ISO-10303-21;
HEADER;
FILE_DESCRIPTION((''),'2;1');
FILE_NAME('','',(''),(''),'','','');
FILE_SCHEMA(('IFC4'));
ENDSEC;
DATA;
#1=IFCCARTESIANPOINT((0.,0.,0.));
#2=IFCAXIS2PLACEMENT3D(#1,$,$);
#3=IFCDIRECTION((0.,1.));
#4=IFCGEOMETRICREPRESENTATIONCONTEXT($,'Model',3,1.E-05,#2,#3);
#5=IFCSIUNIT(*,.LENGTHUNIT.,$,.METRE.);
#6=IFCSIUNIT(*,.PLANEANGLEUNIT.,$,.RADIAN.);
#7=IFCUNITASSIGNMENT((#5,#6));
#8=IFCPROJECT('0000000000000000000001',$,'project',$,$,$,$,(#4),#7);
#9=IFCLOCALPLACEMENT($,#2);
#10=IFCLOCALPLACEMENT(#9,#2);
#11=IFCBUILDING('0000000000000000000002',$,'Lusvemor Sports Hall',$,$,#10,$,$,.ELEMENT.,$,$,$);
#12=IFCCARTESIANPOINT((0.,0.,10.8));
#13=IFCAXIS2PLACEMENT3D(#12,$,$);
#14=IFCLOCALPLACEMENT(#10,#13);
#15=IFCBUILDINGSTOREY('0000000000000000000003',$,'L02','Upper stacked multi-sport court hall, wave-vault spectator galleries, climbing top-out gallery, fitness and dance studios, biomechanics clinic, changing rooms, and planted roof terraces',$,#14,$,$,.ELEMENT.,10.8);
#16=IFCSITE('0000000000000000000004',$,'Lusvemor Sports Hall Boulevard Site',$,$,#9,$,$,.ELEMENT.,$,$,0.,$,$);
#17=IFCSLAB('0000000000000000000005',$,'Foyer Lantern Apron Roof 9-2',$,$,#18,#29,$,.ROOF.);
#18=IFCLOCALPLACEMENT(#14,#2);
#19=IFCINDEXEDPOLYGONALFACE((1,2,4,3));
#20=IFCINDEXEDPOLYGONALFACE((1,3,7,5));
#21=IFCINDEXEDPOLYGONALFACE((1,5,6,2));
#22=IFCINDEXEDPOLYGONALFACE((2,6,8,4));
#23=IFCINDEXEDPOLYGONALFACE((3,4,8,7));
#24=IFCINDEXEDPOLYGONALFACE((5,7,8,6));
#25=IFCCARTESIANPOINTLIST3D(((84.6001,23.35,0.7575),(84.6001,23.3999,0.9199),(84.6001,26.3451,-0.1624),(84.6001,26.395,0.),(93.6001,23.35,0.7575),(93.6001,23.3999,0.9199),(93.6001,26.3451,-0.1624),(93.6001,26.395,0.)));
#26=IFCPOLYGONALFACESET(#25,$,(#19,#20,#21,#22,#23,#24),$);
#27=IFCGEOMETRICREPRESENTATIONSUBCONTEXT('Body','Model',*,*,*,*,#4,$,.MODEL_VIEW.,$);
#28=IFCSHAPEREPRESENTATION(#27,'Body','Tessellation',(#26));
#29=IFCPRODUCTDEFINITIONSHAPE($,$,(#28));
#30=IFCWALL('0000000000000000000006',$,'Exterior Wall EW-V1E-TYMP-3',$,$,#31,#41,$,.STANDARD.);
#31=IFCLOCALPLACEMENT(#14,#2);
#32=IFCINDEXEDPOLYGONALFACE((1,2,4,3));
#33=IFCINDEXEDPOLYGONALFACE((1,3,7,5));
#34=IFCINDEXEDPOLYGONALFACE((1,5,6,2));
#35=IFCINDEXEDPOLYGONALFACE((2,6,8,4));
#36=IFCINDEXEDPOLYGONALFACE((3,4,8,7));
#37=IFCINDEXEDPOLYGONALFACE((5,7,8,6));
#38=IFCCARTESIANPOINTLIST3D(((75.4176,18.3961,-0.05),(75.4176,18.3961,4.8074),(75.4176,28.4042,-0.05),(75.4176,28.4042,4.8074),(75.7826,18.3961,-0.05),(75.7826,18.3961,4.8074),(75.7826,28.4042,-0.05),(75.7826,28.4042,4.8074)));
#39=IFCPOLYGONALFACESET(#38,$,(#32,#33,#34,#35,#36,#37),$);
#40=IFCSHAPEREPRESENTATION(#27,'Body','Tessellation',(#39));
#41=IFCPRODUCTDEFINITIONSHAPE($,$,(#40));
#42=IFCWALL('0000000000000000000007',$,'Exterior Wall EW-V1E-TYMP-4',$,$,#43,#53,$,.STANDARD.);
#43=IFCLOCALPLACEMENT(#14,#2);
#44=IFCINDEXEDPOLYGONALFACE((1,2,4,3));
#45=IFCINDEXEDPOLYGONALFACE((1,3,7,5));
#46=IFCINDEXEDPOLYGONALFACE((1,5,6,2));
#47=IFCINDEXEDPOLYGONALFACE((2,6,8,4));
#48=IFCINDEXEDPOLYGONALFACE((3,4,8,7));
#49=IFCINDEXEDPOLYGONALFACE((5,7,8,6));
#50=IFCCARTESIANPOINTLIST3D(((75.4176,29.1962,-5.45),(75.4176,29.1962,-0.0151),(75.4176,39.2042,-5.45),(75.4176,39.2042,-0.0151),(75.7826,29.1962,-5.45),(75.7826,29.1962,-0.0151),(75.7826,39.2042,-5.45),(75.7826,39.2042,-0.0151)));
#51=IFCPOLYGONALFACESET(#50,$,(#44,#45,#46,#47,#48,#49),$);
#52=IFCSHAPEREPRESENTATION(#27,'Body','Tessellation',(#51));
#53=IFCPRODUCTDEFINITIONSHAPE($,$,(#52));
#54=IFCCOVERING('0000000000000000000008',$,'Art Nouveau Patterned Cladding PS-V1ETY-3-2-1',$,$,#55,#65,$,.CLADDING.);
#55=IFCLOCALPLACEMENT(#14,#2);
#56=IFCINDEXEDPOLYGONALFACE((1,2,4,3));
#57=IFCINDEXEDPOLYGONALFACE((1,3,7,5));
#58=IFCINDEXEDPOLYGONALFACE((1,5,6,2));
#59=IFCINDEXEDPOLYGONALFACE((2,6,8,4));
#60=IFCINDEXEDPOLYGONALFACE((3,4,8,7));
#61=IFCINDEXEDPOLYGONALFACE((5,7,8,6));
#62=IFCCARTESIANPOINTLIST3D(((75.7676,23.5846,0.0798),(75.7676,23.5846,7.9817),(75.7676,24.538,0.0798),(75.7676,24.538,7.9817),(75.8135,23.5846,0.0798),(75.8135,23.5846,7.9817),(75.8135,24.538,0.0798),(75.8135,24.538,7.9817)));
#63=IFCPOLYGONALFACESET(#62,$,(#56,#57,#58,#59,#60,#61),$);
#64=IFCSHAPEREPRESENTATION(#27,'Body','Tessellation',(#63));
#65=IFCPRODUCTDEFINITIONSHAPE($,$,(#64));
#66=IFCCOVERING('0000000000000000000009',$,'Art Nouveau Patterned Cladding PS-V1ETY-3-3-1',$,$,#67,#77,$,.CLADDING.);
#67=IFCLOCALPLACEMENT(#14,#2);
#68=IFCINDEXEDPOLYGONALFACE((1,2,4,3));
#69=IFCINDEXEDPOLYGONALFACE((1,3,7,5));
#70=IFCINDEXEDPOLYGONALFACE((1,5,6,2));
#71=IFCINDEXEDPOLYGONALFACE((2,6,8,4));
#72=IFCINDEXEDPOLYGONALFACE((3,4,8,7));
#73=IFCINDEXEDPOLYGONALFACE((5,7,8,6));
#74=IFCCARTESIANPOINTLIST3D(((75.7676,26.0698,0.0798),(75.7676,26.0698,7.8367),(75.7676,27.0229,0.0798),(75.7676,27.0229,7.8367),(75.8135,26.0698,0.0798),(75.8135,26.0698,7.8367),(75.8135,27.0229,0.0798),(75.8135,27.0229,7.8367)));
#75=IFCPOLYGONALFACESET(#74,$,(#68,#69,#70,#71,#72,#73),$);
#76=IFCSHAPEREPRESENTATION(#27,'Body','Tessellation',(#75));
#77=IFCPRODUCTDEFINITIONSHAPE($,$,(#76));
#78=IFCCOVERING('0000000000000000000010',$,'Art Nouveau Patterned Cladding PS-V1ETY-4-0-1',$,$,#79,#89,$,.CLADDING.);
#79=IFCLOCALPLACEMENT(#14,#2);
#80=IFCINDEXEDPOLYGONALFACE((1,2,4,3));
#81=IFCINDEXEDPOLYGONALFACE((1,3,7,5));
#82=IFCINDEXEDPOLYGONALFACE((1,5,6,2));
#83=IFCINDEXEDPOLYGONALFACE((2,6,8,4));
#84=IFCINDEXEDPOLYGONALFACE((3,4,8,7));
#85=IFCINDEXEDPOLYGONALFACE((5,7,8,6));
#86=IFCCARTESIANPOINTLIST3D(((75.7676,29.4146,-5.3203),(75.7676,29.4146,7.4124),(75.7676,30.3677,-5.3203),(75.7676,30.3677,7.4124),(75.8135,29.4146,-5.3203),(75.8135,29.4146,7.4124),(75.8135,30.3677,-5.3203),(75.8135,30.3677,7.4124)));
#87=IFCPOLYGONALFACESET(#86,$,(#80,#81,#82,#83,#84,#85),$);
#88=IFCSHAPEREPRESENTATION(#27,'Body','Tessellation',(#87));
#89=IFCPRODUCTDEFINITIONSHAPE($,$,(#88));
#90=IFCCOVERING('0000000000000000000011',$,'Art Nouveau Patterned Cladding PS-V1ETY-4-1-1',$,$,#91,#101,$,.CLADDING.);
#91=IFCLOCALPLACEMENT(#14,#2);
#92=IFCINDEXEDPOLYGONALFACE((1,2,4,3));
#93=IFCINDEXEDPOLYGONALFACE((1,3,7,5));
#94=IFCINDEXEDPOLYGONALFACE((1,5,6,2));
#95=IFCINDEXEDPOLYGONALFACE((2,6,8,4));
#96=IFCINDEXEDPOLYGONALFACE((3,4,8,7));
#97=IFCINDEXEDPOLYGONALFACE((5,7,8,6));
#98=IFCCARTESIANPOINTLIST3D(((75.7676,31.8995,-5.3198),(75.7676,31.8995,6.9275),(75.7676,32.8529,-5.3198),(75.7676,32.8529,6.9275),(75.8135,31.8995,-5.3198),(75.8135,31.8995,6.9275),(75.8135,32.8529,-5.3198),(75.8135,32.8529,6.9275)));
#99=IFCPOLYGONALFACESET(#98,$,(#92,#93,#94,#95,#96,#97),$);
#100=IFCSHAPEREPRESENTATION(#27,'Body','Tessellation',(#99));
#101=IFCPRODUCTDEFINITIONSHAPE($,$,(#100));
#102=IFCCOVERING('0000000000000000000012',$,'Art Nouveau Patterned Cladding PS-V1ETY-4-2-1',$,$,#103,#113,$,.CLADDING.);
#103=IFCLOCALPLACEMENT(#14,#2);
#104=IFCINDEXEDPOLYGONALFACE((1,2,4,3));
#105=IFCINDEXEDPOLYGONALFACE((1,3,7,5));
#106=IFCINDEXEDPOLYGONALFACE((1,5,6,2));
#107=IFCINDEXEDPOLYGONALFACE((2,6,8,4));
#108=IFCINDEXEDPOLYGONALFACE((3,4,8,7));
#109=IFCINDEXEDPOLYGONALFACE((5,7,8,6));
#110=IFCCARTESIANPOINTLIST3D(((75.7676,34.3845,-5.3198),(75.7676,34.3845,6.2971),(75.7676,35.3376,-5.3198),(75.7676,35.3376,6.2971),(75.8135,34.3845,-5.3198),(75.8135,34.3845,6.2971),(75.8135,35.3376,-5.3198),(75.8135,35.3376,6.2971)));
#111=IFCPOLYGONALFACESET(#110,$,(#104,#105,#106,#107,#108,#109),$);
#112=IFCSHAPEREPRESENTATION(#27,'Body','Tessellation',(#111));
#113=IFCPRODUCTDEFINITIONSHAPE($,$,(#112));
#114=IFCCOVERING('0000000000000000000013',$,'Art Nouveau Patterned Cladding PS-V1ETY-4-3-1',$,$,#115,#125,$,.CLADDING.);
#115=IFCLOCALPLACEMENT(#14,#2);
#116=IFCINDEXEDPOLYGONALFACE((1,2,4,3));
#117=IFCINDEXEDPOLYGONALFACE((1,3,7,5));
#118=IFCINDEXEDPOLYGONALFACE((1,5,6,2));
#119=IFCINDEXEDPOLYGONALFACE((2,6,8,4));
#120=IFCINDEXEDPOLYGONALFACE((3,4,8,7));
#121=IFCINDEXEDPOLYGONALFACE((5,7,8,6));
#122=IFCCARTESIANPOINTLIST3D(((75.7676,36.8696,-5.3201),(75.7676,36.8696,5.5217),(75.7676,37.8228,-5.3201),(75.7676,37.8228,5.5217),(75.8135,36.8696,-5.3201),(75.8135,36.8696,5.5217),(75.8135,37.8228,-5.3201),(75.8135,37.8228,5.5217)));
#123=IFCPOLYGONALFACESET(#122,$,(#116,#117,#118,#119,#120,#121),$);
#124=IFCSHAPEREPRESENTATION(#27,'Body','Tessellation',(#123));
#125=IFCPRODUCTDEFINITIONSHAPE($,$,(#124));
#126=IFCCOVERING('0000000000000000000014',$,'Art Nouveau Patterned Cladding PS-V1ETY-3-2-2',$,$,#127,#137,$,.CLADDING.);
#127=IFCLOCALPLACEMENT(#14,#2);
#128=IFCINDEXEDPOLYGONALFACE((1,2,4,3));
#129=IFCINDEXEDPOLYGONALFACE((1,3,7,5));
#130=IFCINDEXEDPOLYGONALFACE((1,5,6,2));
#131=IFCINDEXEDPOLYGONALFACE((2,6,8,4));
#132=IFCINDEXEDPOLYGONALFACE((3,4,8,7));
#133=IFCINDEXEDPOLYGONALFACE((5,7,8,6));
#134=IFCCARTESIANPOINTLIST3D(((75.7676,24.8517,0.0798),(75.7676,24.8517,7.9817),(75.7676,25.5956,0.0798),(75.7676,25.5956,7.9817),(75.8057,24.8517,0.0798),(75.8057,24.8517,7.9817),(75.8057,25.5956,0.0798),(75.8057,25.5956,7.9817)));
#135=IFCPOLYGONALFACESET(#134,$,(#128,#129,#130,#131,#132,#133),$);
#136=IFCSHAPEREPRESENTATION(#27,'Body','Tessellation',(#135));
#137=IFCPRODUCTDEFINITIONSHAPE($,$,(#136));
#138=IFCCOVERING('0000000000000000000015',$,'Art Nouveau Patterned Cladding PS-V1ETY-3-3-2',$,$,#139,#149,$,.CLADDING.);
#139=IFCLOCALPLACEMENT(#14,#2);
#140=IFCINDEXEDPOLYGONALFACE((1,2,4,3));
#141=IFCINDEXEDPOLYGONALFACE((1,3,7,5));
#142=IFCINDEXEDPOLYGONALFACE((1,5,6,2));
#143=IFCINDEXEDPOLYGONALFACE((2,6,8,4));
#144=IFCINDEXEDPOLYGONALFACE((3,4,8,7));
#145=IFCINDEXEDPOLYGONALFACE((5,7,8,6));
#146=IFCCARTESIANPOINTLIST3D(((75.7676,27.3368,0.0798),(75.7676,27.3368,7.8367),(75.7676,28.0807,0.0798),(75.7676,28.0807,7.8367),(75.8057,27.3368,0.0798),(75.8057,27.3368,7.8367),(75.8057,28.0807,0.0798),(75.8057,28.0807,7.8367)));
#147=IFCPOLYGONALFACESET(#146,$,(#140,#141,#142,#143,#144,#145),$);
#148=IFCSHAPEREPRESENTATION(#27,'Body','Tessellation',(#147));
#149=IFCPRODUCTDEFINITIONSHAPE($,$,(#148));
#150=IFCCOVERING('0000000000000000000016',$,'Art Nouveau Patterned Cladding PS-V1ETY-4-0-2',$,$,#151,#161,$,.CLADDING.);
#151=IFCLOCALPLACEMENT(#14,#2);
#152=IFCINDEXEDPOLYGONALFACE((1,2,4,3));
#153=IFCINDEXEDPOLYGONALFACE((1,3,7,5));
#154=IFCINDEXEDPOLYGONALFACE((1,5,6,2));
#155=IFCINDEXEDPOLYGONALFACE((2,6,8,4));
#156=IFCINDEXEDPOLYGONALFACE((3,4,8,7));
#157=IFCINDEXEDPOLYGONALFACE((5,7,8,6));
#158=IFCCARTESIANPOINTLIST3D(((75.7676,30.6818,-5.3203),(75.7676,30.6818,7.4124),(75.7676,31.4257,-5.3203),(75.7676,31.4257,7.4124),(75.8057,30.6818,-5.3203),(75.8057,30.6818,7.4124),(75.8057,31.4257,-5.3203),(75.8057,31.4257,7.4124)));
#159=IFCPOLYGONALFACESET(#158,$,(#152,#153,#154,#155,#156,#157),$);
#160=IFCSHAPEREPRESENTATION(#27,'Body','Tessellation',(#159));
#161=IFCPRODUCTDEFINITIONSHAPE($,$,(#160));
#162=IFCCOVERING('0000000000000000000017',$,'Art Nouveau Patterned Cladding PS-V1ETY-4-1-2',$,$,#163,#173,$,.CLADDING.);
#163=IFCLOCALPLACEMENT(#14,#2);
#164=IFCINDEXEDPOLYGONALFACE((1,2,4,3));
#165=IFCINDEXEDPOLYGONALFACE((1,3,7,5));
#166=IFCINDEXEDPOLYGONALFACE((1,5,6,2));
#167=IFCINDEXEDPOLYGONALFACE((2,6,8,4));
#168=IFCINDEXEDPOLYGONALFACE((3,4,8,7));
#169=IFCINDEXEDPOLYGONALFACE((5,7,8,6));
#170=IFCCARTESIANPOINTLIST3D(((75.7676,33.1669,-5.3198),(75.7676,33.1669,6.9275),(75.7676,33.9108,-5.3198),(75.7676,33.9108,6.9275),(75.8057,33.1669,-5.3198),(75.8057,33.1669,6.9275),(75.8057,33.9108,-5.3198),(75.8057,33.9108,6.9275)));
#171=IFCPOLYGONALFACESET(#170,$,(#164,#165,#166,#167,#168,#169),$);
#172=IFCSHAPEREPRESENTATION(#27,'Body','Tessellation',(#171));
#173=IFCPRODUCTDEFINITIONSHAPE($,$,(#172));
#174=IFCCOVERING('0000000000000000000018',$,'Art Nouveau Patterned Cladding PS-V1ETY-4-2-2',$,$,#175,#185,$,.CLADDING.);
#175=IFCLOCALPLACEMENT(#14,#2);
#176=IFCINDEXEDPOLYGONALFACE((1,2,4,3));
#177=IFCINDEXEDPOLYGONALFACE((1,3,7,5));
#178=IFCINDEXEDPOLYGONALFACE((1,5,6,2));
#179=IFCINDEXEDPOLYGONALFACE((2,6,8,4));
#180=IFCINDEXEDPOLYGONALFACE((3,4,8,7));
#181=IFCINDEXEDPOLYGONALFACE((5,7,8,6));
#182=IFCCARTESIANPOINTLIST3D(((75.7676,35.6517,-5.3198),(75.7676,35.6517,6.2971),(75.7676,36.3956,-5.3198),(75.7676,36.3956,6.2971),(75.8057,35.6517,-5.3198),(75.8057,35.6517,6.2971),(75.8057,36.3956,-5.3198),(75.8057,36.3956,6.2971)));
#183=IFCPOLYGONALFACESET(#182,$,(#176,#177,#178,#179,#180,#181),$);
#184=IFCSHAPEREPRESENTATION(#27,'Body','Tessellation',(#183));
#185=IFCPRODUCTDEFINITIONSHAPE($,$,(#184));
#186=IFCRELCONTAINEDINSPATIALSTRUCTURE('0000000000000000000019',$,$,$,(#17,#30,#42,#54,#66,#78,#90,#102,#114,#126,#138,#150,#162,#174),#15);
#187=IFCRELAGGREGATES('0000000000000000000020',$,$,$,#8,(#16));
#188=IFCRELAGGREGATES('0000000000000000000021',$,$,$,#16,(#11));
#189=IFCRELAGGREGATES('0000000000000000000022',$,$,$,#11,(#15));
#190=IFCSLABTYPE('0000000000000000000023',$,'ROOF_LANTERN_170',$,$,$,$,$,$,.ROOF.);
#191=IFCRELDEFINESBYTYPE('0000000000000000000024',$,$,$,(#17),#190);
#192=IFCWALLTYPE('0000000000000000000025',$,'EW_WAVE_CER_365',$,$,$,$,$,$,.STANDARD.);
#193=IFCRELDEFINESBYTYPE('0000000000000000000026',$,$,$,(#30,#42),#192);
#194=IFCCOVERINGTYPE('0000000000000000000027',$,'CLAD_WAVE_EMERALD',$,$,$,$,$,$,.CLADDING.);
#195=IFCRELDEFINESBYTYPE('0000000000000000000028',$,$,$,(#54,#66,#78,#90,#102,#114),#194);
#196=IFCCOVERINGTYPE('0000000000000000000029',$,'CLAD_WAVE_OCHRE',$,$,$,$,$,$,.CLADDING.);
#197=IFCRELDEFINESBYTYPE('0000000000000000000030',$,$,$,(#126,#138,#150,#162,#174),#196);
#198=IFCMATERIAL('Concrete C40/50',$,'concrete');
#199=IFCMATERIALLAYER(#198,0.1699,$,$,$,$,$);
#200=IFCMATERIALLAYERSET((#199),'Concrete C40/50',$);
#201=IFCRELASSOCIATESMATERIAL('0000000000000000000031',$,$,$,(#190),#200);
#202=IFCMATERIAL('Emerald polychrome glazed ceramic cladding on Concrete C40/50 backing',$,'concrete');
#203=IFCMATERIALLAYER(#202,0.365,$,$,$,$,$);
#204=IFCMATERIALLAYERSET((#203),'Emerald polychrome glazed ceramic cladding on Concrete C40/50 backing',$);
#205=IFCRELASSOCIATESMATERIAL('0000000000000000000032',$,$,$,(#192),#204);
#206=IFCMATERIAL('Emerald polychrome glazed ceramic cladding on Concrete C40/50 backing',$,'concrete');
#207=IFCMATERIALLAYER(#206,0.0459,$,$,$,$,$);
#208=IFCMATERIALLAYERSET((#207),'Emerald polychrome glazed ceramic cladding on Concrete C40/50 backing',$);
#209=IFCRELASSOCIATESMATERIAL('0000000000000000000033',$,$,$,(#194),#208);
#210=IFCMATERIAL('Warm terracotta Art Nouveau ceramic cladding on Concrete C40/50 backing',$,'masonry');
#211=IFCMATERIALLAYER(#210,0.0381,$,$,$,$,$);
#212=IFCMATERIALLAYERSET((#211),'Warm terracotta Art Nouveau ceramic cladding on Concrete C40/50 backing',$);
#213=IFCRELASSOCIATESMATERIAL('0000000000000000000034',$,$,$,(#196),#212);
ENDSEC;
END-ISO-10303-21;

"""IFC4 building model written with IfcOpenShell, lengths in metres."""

from ifc_helpers import new_model, si_unit, direction, frame, frame_2d, origin, origin_2d, place, context, subcontext, project, spatial, polyline, rectangle, outline, extrude, material, layer, layer_set, type_object, element, save


model = new_model("IFC4")

# Units and contexts
model_context = context("Model", 3, precision=1e-05, world=origin(), true_north=direction((0.0, 1.0)))
body_context = subcontext(model_context, "Body", "Model", "MODEL_VIEW")
ifc_project = project(units=[si_unit("LENGTHUNIT", "METRE"), si_unit("PLANEANGLEUNIT", "RADIAN")], contexts=[model_context])

# Site, building, storey
site_placement = place(None, origin())
site = spatial("IfcSite", under=ifc_project, at=site_placement, Name="Lusvemor Sports Hall Boulevard Site", CompositionType="ELEMENT", RefElevation=0.0)
building_placement = place(site_placement, origin())
building = spatial("IfcBuilding", under=site, at=building_placement, Name="Lusvemor Sports Hall", CompositionType="ELEMENT")
storey_placement = place(building_placement, frame((0.0, 0.0, 10.8)))
storey = spatial("IfcBuildingStorey", under=building, at=storey_placement, Name="L02", Description="Upper stacked multi-sport court hall, wave-vault spectator galleries, climbing top-out gallery, fitness and dance studios, biomechanics clinic, changing rooms, and planted roof terraces", CompositionType="ELEMENT", Elevation=10.8)

# Slab
ifc_material_1 = material(Name="Concrete C40/50", Category="concrete")
ifc_layer_1 = layer(ifc_material_1, 0.1699)
ifc_layer_set_1 = layer_set([ifc_layer_1], Name="Concrete C40/50")
slab_type = type_object("IfcSlabType", Name="ROOF_LANTERN_170", PredefinedType="ROOF", material=ifc_layer_set_1)
slab_placement = place(storey_placement, frame((84.6001, 23.3999, 0.9199), z_axis=(0.0, 0.293604, 0.955927), x_axis=(1.0, 0.0, 0.0)))
element("IfcSlab", 1, at=slab_placement, inside=storey, type_object=slab_type, Name="Foyer Lantern Apron Roof 9-2", PredefinedType="ROOF", context=body_context, shape_type="SweptSolid", body=[
    extrude(outline(polyline([(0.0, 0.0), (9.0, 0.0), (9.0, 3.1332), (0.0, 3.1332), (0.0, 0.0)])), origin(), (0.0, 0.0, -1.0), 0.1699),
])

# Walls
ifc_material_2 = material(Name="Emerald polychrome glazed ceramic cladding on Concrete C40/50 backing", Category="concrete")
ifc_layer_2 = layer(ifc_material_2, 0.365)
ifc_layer_set_2 = layer_set([ifc_layer_2], Name="Emerald polychrome glazed ceramic cladding on Concrete C40/50 backing")
wall_type = type_object("IfcWallType", Name="EW_WAVE_CER_365", PredefinedType="STANDARD", material=ifc_layer_set_2)
wall_1_placement = place(storey_placement, frame((75.6001, 28.4041, -0.05), z_axis=(0.0, 0.0, 1.0), x_axis=(0.0, -1.0, 0.0)))
element("IfcWall", 2, at=wall_1_placement, inside=storey, type_object=wall_type, Name="Exterior Wall EW-V1E-TYMP-3", PredefinedType="STANDARD", context=body_context, shape_type="SweptSolid", body=[
    extrude(rectangle(XDim=10.0081, YDim=0.365, at=frame_2d((5.0039, 0.0))), origin(), (0.0, 0.0, 1.0), 4.8574),
])
wall_2_placement = place(storey_placement, frame((75.6001, 39.2041, -5.45), z_axis=(0.0, 0.0, 1.0), x_axis=(0.0, -1.0, 0.0)))
element("IfcWall", 3, at=wall_2_placement, inside=storey, type_object=wall_type, Name="Exterior Wall EW-V1E-TYMP-4", PredefinedType="STANDARD", context=body_context, shape_type="SweptSolid", body=[
    extrude(rectangle(XDim=10.0081, YDim=0.365, at=frame_2d((5.0039, 0.0))), origin(), (0.0, 0.0, 1.0), 5.4348),
])

# Coverings
ifc_material_3 = material(Name="Emerald polychrome glazed ceramic cladding on Concrete C40/50 backing", Category="concrete")
ifc_layer_3 = layer(ifc_material_3, 0.0459)
ifc_layer_set_3 = layer_set([ifc_layer_3], Name="Emerald polychrome glazed ceramic cladding on Concrete C40/50 backing")
covering_type_1 = type_object("IfcCoveringType", Name="CLAD_WAVE_EMERALD", PredefinedType="CLADDING", material=ifc_layer_set_3)
covering_1_placement = place(storey_placement, frame((75.7905, 24.0613, 0.0798), z_axis=(0.0, 0.0, 1.0), x_axis=(1.0, 0.0, 0.0)))
element("IfcCovering", 4, at=covering_1_placement, inside=storey, type_object=covering_type_1, Name="Art Nouveau Patterned Cladding PS-V1ETY-3-2-1", PredefinedType="CLADDING", context=body_context, shape_type="SweptSolid", body=[
    extrude(rectangle(XDim=0.0459, YDim=0.9534, at=origin_2d()), origin(), (0.0, 0.0, 1.0), 7.9019),
])
covering_2_placement = place(storey_placement, frame((75.7905, 26.5464, 0.0798), z_axis=(0.0, 0.0, 1.0), x_axis=(1.0, 0.0, 0.0)))
element("IfcCovering", 5, at=covering_2_placement, inside=storey, type_object=covering_type_1, Name="Art Nouveau Patterned Cladding PS-V1ETY-3-3-1", PredefinedType="CLADDING", context=body_context, shape_type="SweptSolid", body=[
    extrude(rectangle(XDim=0.0459, YDim=0.9531, at=origin_2d()), origin(), (0.0, 0.0, 1.0), 7.7568),
])
covering_3_placement = place(storey_placement, frame((75.7905, 29.8911, -5.3203), z_axis=(0.0, 0.0, 1.0), x_axis=(1.0, 0.0, 0.0)))
element("IfcCovering", 6, at=covering_3_placement, inside=storey, type_object=covering_type_1, Name="Art Nouveau Patterned Cladding PS-V1ETY-4-0-1", PredefinedType="CLADDING", context=body_context, shape_type="SweptSolid", body=[
    extrude(rectangle(XDim=0.0459, YDim=0.9531, at=origin_2d()), origin(), (0.0, 0.0, 1.0), 12.7327),
])
covering_4_placement = place(storey_placement, frame((75.7905, 32.3762, -5.3198), z_axis=(0.0, 0.0, 1.0), x_axis=(1.0, 0.0, 0.0)))
element("IfcCovering", 7, at=covering_4_placement, inside=storey, type_object=covering_type_1, Name="Art Nouveau Patterned Cladding PS-V1ETY-4-1-1", PredefinedType="CLADDING", context=body_context, shape_type="SweptSolid", body=[
    extrude(rectangle(XDim=0.0459, YDim=0.9534, at=origin_2d()), origin(), (0.0, 0.0, 1.0), 12.2473),
])
covering_5_placement = place(storey_placement, frame((75.7905, 34.8611, -5.3198), z_axis=(0.0, 0.0, 1.0), x_axis=(1.0, 0.0, 0.0)))
element("IfcCovering", 8, at=covering_5_placement, inside=storey, type_object=covering_type_1, Name="Art Nouveau Patterned Cladding PS-V1ETY-4-2-1", PredefinedType="CLADDING", context=body_context, shape_type="SweptSolid", body=[
    extrude(rectangle(XDim=0.0459, YDim=0.9531, at=origin_2d()), origin(), (0.0, 0.0, 1.0), 11.6169),
])
covering_6_placement = place(storey_placement, frame((75.7905, 37.3462, -5.3201), z_axis=(0.0, 0.0, 1.0), x_axis=(1.0, 0.0, 0.0)))
element("IfcCovering", 9, at=covering_6_placement, inside=storey, type_object=covering_type_1, Name="Art Nouveau Patterned Cladding PS-V1ETY-4-3-1", PredefinedType="CLADDING", context=body_context, shape_type="SweptSolid", body=[
    extrude(rectangle(XDim=0.0459, YDim=0.9531, at=origin_2d()), origin(), (0.0, 0.0, 1.0), 10.8418),
])
ifc_material_4 = material(Name="Warm terracotta Art Nouveau ceramic cladding on Concrete C40/50 backing", Category="masonry")
ifc_layer_4 = layer(ifc_material_4, 0.0381)
ifc_layer_set_4 = layer_set([ifc_layer_4], Name="Warm terracotta Art Nouveau ceramic cladding on Concrete C40/50 backing")
covering_type_2 = type_object("IfcCoveringType", Name="CLAD_WAVE_OCHRE", PredefinedType="CLADDING", material=ifc_layer_set_4)
covering_7_placement = place(storey_placement, frame((75.7866, 25.2236, 0.0798), z_axis=(0.0, 0.0, 1.0), x_axis=(1.0, 0.0, 0.0)))
element("IfcCovering", 10, at=covering_7_placement, inside=storey, type_object=covering_type_2, Name="Art Nouveau Patterned Cladding PS-V1ETY-3-2-2", PredefinedType="CLADDING", context=body_context, shape_type="SweptSolid", body=[
    extrude(rectangle(XDim=0.0381, YDim=0.7439, at=origin_2d()), origin(), (0.0, 0.0, 1.0), 7.9019),
])
covering_8_placement = place(storey_placement, frame((75.7866, 27.7087, 0.0798), z_axis=(0.0, 0.0, 1.0), x_axis=(1.0, 0.0, 0.0)))
element("IfcCovering", 11, at=covering_8_placement, inside=storey, type_object=covering_type_2, Name="Art Nouveau Patterned Cladding PS-V1ETY-3-3-2", PredefinedType="CLADDING", context=body_context, shape_type="SweptSolid", body=[
    extrude(rectangle(XDim=0.0381, YDim=0.7439, at=origin_2d()), origin(), (0.0, 0.0, 1.0), 7.7568),
])
covering_9_placement = place(storey_placement, frame((75.7866, 31.0537, -5.3203), z_axis=(0.0, 0.0, 1.0), x_axis=(1.0, 0.0, 0.0)))
element("IfcCovering", 12, at=covering_9_placement, inside=storey, type_object=covering_type_2, Name="Art Nouveau Patterned Cladding PS-V1ETY-4-0-2", PredefinedType="CLADDING", context=body_context, shape_type="SweptSolid", body=[
    extrude(rectangle(XDim=0.0381, YDim=0.7439, at=origin_2d()), origin(), (0.0, 0.0, 1.0), 12.7327),
])
covering_10_placement = place(storey_placement, frame((75.7866, 33.5388, -5.3198), z_axis=(0.0, 0.0, 1.0), x_axis=(1.0, 0.0, 0.0)))
element("IfcCovering", 13, at=covering_10_placement, inside=storey, type_object=covering_type_2, Name="Art Nouveau Patterned Cladding PS-V1ETY-4-1-2", PredefinedType="CLADDING", context=body_context, shape_type="SweptSolid", body=[
    extrude(rectangle(XDim=0.0381, YDim=0.7439, at=origin_2d()), origin(), (0.0, 0.0, 1.0), 12.2473),
])
covering_11_placement = place(storey_placement, frame((75.7866, 36.0237, -5.3198), z_axis=(0.0, 0.0, 1.0), x_axis=(1.0, 0.0, 0.0)))
element("IfcCovering", 14, at=covering_11_placement, inside=storey, type_object=covering_type_2, Name="Art Nouveau Patterned Cladding PS-V1ETY-4-2-2", PredefinedType="CLADDING", context=body_context, shape_type="SweptSolid", body=[
    extrude(rectangle(XDim=0.0381, YDim=0.7439, at=origin_2d()), origin(), (0.0, 0.0, 1.0), 11.6169),
])

save(model, "model.ifc")
